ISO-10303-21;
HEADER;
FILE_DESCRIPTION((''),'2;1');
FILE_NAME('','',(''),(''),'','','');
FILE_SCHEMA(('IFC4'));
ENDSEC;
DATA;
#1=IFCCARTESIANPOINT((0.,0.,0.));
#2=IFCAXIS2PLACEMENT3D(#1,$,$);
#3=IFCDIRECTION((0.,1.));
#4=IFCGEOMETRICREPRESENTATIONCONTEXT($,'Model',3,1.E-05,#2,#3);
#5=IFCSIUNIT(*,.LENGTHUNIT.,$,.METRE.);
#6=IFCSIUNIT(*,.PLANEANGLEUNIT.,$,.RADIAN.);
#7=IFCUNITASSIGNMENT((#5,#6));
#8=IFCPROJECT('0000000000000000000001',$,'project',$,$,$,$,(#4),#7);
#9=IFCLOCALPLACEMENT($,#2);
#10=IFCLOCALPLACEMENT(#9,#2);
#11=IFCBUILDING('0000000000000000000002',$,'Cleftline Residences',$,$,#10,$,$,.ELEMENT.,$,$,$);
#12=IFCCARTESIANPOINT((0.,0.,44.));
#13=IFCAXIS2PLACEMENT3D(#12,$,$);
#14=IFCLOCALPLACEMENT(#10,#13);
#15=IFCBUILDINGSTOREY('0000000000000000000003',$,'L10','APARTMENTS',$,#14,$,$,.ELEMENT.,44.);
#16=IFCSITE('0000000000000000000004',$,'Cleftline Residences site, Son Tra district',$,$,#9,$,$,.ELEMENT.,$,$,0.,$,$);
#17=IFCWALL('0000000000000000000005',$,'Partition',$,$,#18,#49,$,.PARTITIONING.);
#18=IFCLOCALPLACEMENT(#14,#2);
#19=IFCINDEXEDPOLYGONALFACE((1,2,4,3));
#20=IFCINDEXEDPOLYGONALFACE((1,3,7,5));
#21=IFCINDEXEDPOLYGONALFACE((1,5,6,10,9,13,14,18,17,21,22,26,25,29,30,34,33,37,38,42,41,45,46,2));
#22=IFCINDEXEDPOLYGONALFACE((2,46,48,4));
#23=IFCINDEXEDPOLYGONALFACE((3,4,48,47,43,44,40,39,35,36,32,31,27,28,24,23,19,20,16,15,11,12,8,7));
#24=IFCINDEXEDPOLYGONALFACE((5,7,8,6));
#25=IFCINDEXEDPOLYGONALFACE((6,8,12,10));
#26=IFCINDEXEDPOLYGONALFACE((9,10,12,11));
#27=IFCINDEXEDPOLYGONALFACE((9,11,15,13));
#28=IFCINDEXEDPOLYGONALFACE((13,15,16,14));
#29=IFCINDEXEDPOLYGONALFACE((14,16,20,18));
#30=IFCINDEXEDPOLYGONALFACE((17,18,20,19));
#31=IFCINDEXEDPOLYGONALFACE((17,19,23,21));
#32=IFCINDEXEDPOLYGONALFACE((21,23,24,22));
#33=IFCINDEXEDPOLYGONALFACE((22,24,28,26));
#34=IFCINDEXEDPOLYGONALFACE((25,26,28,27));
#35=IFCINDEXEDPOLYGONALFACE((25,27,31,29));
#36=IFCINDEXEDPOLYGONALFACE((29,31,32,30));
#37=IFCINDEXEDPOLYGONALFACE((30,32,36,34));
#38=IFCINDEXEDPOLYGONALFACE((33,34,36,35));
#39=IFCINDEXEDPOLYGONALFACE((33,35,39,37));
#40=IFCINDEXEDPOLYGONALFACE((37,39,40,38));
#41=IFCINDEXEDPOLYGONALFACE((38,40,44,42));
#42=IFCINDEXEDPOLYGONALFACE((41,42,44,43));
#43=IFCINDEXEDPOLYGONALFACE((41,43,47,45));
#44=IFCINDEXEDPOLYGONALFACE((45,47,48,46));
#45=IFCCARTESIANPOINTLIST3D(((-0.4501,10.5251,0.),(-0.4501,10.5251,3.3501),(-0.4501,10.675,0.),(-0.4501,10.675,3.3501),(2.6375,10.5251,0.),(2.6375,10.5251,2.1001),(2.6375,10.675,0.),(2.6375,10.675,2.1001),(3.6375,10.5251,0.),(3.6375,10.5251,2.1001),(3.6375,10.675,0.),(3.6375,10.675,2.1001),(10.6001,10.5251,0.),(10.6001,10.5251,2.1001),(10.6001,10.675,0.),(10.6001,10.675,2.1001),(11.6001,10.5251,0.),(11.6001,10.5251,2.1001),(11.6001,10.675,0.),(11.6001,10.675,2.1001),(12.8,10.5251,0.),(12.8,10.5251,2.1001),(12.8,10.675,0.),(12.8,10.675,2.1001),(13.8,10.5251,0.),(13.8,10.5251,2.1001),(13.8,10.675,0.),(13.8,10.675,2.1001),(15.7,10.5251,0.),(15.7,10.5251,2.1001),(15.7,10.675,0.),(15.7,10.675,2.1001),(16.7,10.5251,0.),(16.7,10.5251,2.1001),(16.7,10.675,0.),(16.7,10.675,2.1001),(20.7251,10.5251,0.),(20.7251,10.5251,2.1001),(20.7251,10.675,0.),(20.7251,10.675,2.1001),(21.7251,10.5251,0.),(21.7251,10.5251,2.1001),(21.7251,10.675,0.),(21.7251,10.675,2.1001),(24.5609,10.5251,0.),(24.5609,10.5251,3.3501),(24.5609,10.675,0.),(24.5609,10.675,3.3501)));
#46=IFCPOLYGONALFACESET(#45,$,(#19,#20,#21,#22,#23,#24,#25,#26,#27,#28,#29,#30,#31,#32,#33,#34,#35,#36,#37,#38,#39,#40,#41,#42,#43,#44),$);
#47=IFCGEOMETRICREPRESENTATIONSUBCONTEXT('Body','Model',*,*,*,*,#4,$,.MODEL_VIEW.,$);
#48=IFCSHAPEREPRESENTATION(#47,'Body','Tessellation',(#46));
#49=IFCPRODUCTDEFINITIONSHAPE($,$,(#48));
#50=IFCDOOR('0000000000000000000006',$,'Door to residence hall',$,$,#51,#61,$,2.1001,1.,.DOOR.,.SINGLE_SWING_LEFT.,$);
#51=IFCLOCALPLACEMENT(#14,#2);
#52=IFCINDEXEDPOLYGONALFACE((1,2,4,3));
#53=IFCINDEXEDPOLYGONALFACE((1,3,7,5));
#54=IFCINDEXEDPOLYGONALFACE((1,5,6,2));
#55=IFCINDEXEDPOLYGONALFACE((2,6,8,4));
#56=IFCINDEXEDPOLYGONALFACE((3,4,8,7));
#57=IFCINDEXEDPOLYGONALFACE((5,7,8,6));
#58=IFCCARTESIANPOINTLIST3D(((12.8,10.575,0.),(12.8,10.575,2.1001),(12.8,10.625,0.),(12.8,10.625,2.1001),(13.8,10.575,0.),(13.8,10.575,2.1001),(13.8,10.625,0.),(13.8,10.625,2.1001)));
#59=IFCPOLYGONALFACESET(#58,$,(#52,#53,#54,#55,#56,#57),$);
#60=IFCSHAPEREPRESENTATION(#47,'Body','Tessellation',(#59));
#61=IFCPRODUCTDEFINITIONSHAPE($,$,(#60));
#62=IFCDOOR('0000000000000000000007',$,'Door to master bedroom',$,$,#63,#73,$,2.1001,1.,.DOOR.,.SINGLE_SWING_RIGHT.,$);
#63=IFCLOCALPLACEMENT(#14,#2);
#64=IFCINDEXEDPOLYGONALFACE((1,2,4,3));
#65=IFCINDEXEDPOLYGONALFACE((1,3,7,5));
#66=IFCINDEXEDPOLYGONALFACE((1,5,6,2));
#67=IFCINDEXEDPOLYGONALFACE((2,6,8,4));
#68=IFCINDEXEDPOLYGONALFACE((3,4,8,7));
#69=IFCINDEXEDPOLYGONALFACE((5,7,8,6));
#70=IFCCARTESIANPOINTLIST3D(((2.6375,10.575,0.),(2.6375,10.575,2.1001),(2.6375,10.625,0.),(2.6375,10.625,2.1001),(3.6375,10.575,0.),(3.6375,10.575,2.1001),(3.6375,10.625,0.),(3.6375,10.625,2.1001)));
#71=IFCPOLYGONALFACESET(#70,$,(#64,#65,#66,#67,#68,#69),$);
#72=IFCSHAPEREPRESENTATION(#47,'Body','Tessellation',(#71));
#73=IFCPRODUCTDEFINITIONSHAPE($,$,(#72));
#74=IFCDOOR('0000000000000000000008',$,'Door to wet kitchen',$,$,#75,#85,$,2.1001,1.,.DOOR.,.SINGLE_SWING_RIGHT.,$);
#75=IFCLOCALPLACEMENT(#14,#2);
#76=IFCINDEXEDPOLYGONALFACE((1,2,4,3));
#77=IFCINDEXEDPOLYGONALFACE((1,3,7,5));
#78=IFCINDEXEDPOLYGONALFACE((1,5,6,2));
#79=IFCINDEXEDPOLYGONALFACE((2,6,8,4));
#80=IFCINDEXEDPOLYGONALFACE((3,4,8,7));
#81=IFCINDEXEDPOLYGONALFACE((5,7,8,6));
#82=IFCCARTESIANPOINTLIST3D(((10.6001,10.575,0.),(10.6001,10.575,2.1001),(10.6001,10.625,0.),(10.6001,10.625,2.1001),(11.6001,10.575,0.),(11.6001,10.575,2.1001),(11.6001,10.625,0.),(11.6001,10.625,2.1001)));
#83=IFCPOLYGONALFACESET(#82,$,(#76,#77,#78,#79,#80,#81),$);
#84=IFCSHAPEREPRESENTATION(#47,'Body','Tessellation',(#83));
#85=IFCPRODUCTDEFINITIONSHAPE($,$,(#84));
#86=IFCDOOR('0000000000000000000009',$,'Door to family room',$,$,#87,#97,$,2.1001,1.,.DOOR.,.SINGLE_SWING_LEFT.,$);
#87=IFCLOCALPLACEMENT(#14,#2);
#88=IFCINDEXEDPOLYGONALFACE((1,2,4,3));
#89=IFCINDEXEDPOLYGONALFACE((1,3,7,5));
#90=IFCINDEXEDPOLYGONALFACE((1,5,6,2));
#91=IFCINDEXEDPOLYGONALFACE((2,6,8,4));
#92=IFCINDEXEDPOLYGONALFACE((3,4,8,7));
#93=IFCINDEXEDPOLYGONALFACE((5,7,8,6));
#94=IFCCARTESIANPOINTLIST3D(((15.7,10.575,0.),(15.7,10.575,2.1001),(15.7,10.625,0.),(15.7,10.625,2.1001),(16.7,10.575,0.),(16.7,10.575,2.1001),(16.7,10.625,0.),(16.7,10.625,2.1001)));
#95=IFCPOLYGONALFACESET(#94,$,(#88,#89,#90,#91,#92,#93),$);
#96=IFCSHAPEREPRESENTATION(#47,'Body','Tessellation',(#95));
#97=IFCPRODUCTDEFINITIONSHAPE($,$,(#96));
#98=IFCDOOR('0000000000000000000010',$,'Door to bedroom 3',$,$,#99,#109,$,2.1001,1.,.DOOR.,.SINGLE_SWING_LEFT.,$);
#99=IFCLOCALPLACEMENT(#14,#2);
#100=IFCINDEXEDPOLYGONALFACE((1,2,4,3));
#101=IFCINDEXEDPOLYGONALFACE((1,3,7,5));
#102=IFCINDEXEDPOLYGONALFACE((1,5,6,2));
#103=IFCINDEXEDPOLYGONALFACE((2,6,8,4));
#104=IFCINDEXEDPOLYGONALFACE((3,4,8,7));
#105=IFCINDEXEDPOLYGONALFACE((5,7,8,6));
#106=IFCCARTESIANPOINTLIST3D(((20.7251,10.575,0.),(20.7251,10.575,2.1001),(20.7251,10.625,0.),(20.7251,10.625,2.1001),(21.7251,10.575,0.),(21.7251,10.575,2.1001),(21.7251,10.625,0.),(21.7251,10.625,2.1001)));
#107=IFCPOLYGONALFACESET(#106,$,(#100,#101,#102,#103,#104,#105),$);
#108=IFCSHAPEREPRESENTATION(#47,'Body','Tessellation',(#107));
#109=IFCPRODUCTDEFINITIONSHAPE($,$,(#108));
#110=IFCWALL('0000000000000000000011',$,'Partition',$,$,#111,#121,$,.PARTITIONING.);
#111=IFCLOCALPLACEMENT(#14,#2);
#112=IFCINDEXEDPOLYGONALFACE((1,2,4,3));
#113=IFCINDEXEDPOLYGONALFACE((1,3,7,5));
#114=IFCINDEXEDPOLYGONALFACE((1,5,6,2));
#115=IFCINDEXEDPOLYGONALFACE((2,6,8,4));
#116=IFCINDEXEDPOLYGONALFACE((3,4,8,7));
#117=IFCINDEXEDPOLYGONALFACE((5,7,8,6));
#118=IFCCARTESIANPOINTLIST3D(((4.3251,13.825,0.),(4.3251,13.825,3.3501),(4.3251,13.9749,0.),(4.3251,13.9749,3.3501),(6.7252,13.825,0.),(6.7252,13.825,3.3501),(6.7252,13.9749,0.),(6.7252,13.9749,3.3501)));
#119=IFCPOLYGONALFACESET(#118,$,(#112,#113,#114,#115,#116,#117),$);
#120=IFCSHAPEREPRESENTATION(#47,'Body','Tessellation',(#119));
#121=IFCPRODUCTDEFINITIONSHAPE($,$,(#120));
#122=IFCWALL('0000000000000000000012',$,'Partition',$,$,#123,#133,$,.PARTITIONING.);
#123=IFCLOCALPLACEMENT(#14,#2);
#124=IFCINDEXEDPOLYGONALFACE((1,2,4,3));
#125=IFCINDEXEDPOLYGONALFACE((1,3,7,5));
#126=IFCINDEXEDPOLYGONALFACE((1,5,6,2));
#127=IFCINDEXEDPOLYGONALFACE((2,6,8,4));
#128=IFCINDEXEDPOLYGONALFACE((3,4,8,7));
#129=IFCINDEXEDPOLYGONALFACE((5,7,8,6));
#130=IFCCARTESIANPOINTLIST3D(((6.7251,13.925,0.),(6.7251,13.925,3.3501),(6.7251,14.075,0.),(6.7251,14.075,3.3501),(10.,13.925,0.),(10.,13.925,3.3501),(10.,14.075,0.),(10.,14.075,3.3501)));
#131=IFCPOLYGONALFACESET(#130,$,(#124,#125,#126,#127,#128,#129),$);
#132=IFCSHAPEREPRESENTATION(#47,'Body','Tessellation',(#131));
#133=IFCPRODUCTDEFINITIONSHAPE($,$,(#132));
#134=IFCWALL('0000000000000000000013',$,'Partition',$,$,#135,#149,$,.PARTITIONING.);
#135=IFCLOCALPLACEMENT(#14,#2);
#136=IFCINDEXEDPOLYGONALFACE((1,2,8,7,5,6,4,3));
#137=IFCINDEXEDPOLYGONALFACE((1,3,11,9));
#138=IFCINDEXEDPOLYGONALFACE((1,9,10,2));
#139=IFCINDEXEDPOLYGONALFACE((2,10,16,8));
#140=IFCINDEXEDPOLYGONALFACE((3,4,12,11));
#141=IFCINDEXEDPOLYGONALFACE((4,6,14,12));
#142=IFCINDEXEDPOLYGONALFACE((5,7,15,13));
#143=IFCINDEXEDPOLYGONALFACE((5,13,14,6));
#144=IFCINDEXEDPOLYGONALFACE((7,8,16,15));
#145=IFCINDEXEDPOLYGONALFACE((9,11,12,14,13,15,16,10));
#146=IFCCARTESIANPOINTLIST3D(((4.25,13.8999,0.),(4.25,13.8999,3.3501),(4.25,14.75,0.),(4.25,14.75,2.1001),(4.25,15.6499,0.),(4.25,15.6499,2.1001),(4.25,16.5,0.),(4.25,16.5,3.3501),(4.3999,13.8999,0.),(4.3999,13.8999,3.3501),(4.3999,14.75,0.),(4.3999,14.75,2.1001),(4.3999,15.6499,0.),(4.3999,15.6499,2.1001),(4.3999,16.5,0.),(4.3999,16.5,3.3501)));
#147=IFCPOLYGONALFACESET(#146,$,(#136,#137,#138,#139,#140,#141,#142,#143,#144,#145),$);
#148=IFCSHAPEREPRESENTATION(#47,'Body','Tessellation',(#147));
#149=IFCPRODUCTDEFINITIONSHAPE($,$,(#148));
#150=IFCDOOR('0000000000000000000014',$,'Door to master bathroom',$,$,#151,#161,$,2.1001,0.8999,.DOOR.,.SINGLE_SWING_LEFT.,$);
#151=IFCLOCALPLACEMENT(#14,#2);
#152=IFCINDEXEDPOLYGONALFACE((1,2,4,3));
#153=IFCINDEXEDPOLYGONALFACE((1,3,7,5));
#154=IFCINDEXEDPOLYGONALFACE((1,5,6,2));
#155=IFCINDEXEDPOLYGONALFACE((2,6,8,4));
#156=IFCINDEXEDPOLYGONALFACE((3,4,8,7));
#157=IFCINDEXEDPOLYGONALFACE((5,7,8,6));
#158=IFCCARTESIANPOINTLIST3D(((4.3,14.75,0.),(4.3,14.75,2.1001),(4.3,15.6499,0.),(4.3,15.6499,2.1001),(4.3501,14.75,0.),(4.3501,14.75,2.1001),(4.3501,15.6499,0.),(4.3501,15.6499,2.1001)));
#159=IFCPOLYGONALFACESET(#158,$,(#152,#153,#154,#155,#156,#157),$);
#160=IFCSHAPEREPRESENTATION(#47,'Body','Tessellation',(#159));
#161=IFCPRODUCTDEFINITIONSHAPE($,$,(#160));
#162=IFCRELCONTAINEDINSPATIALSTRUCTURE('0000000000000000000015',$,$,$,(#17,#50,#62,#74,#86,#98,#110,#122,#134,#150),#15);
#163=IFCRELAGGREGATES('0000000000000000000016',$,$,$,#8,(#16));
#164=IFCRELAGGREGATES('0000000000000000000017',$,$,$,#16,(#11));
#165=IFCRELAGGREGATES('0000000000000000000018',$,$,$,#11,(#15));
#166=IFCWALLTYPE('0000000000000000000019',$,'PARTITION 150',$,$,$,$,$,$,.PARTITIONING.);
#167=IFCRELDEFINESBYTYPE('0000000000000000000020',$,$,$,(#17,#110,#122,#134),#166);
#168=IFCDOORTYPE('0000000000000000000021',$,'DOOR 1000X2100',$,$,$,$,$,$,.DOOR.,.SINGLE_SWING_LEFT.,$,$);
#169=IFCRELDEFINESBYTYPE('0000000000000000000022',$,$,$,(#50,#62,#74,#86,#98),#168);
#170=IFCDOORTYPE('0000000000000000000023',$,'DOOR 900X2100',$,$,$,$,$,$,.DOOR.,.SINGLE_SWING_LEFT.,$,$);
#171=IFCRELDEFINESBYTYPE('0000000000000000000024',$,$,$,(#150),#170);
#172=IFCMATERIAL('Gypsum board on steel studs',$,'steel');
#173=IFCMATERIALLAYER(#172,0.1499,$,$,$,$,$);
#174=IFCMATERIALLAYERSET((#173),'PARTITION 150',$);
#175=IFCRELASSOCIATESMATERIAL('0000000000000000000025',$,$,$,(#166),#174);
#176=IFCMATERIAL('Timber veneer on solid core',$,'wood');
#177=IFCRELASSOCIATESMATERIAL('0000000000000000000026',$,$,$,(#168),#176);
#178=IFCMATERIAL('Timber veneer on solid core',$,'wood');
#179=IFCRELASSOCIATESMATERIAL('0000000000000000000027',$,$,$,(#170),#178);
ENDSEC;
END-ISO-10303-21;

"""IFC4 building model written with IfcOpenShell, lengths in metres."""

from ifc_helpers import new_model, si_unit, direction, frame, frame_2d, origin, place, context, subcontext, project, spatial, rectangle, extrude, material, layer, layer_set, type_object, element, fill, save


model = new_model("IFC4")

# Units and contexts
model_context = context("Model", 3, precision=1e-05, world=origin(), true_north=direction((0.0, 1.0)))
body_context = subcontext(model_context, "Body", "Model", "MODEL_VIEW")
ifc_project = project(units=[si_unit("LENGTHUNIT", "METRE"), si_unit("PLANEANGLEUNIT", "RADIAN")], contexts=[model_context])

# Site, building, storey
site_placement = place(None, origin())
site = spatial("IfcSite", under=ifc_project, at=site_placement, Name="Cleftline Residences site, Son Tra district", CompositionType="ELEMENT", RefElevation=0.0)
building_placement = place(site_placement, origin())
building = spatial("IfcBuilding", under=site, at=building_placement, Name="Cleftline Residences", CompositionType="ELEMENT")
storey_placement = place(building_placement, frame((0.0, 0.0, 44.0)))
storey = spatial("IfcBuildingStorey", under=building, at=storey_placement, Name="L10", Description="APARTMENTS", CompositionType="ELEMENT", Elevation=44.0)

# Wall, openings, doors
ifc_material_1 = material(Name="Gypsum board on steel studs", Category="steel")
ifc_layer = layer(ifc_material_1, 0.1499)
ifc_layer_set = layer_set([ifc_layer], Name="PARTITION 150")
wall_type = type_object("IfcWallType", Name="PARTITION 150", PredefinedType="PARTITIONING", material=ifc_layer_set)
wall_1_placement = place(storey_placement, frame((-0.45, 10.6001, 0.0), z_axis=(0.0, 0.0, 1.0), x_axis=(1.0, 0.0, 0.0)))
wall_1 = element("IfcWall", 1, at=wall_1_placement, inside=storey, type_object=wall_type, Name="Partition", PredefinedType="PARTITIONING", context=body_context, shape_type="SweptSolid", body=[
    extrude(rectangle(XDim=25.011, YDim=0.1499, at=frame_2d((12.5054, 0.0))), origin(), (0.0, 0.0, 1.0), 3.3501),
])
opening_1_placement = place(wall_1_placement, frame((13.25, 0.0, 0.0)))
opening_1 = element("IfcOpeningElement", 2, at=opening_1_placement, cuts=wall_1, PredefinedType="OPENING", context=body_context, shape_type="SweptSolid", body=[
    extrude(rectangle(XDim=1.0, YDim=2.1001, at=frame_2d((0.5, 1.05))), frame((0.0, 0.085, 0.0), z_axis=(0.0, -1.0, 0.0), x_axis=(1.0, 0.0, 0.0)), (0.0, 0.0, 1.0), 0.1699),
])
opening_2_placement = place(wall_1_placement, frame((3.0874, 0.0, 0.0)))
opening_2 = element("IfcOpeningElement", 3, at=opening_2_placement, cuts=wall_1, PredefinedType="OPENING", context=body_context, shape_type="SweptSolid", body=[
    extrude(rectangle(XDim=1.0, YDim=2.1001, at=frame_2d((0.5, 1.05))), frame((0.0, 0.085, 0.0), z_axis=(0.0, -1.0, 0.0), x_axis=(1.0, 0.0, 0.0)), (0.0, 0.0, 1.0), 0.1699),
])
opening_3_placement = place(wall_1_placement, frame((11.05, 0.0, 0.0)))
opening_3 = element("IfcOpeningElement", 4, at=opening_3_placement, cuts=wall_1, PredefinedType="OPENING", context=body_context, shape_type="SweptSolid", body=[
    extrude(rectangle(XDim=1.0, YDim=2.1001, at=frame_2d((0.5, 1.05))), frame((0.0, 0.085, 0.0), z_axis=(0.0, -1.0, 0.0), x_axis=(1.0, 0.0, 0.0)), (0.0, 0.0, 1.0), 0.1699),
])
opening_4_placement = place(wall_1_placement, frame((16.1499, 0.0, 0.0)))
opening_4 = element("IfcOpeningElement", 5, at=opening_4_placement, cuts=wall_1, PredefinedType="OPENING", context=body_context, shape_type="SweptSolid", body=[
    extrude(rectangle(XDim=1.0, YDim=2.1001, at=frame_2d((0.5, 1.05))), frame((0.0, 0.085, 0.0), z_axis=(0.0, -1.0, 0.0), x_axis=(1.0, 0.0, 0.0)), (0.0, 0.0, 1.0), 0.1699),
])
opening_5_placement = place(wall_1_placement, frame((21.175, 0.0, 0.0)))
opening_5 = element("IfcOpeningElement", 6, at=opening_5_placement, cuts=wall_1, PredefinedType="OPENING", context=body_context, shape_type="SweptSolid", body=[
    extrude(rectangle(XDim=1.0, YDim=2.1001, at=frame_2d((0.5, 1.05))), frame((0.0, 0.085, 0.0), z_axis=(0.0, -1.0, 0.0), x_axis=(1.0, 0.0, 0.0)), (0.0, 0.0, 1.0), 0.1699),
])
ifc_material_2 = material(Name="Timber veneer on solid core", Category="wood")
door_type_1 = type_object("IfcDoorType", Name="DOOR 1000X2100", OperationType="SINGLE_SWING_LEFT", PredefinedType="DOOR", material=ifc_material_2)
door_1_placement = place(opening_1_placement, origin())
door_1 = element("IfcDoor", 7, at=door_1_placement, inside=storey, type_object=door_type_1, Name="Door to residence hall", OperationType="SINGLE_SWING_LEFT", OverallHeight=2.1001, OverallWidth=1.0, PredefinedType="DOOR", context=body_context, shape_type="SweptSolid", body=[
    extrude(rectangle(XDim=1.0, YDim=2.1001, at=frame_2d((0.5, 1.05))), frame((0.0, 0.0249, 0.0), z_axis=(0.0, -1.0, 0.0), x_axis=(1.0, 0.0, 0.0)), (0.0, 0.0, 1.0), 0.05),
])
fill(opening_1, door_1)
door_2_placement = place(opening_2_placement, origin())
door_2 = element("IfcDoor", 8, at=door_2_placement, inside=storey, type_object=door_type_1, Name="Door to master bedroom", OperationType="SINGLE_SWING_RIGHT", OverallHeight=2.1001, OverallWidth=1.0, PredefinedType="DOOR", context=body_context, shape_type="SweptSolid", body=[
    extrude(rectangle(XDim=1.0, YDim=2.1001, at=frame_2d((0.5, 1.05))), frame((0.0, 0.0249, 0.0), z_axis=(0.0, -1.0, 0.0), x_axis=(1.0, 0.0, 0.0)), (0.0, 0.0, 1.0), 0.05),
])
fill(opening_2, door_2)
door_3_placement = place(opening_3_placement, origin())
door_3 = element("IfcDoor", 9, at=door_3_placement, inside=storey, type_object=door_type_1, Name="Door to wet kitchen", OperationType="SINGLE_SWING_RIGHT", OverallHeight=2.1001, OverallWidth=1.0, PredefinedType="DOOR", context=body_context, shape_type="SweptSolid", body=[
    extrude(rectangle(XDim=1.0, YDim=2.1001, at=frame_2d((0.5, 1.05))), frame((0.0, 0.0249, 0.0), z_axis=(0.0, -1.0, 0.0), x_axis=(1.0, 0.0, 0.0)), (0.0, 0.0, 1.0), 0.05),
])
fill(opening_3, door_3)
door_4_placement = place(opening_4_placement, origin())
door_4 = element("IfcDoor", 10, at=door_4_placement, inside=storey, type_object=door_type_1, Name="Door to family room", OperationType="SINGLE_SWING_LEFT", OverallHeight=2.1001, OverallWidth=1.0, PredefinedType="DOOR", context=body_context, shape_type="SweptSolid", body=[
    extrude(rectangle(XDim=1.0, YDim=2.1001, at=frame_2d((0.5, 1.05))), frame((0.0, 0.0249, 0.0), z_axis=(0.0, -1.0, 0.0), x_axis=(1.0, 0.0, 0.0)), (0.0, 0.0, 1.0), 0.05),
])
fill(opening_4, door_4)
door_5_placement = place(opening_5_placement, origin())
door_5 = element("IfcDoor", 11, at=door_5_placement, inside=storey, type_object=door_type_1, Name="Door to bedroom 3", OperationType="SINGLE_SWING_LEFT", OverallHeight=2.1001, OverallWidth=1.0, PredefinedType="DOOR", context=body_context, shape_type="SweptSolid", body=[
    extrude(rectangle(XDim=1.0, YDim=2.1001, at=frame_2d((0.5, 1.05))), frame((0.0, 0.0249, 0.0), z_axis=(0.0, -1.0, 0.0), x_axis=(1.0, 0.0, 0.0)), (0.0, 0.0, 1.0), 0.05),
])
fill(opening_5, door_5)

# Walls
wall_2_placement = place(storey_placement, frame((4.325, 13.8999, 0.0), z_axis=(0.0, 0.0, 1.0), x_axis=(1.0, 0.0, 0.0)))
element("IfcWall", 12, at=wall_2_placement, inside=storey, type_object=wall_type, Name="Partition", PredefinedType="PARTITIONING", context=body_context, shape_type="SweptSolid", body=[
    extrude(rectangle(XDim=2.4001, YDim=0.1499, at=frame_2d((1.2002, 0.0))), origin(), (0.0, 0.0, 1.0), 3.3501),
])
wall_3_placement = place(storey_placement, frame((6.7251, 14.0, 0.0), z_axis=(0.0, 0.0, 1.0), x_axis=(1.0, 0.0, 0.0)))
element("IfcWall", 13, at=wall_3_placement, inside=storey, type_object=wall_type, Name="Partition", PredefinedType="PARTITIONING", context=body_context, shape_type="SweptSolid", body=[
    extrude(rectangle(XDim=3.2749, YDim=0.1499, at=frame_2d((1.6375, 0.0))), origin(), (0.0, 0.0, 1.0), 3.3501),
])

# Wall, opening, door
wall_4_placement = place(storey_placement, frame((4.325, 13.8999, 0.0), z_axis=(0.0, 0.0, 1.0), x_axis=(0.0, 1.0, 0.0)))
wall_4 = element("IfcWall", 14, at=wall_4_placement, inside=storey, type_object=wall_type, Name="Partition", PredefinedType="PARTITIONING", context=body_context, shape_type="SweptSolid", body=[
    extrude(rectangle(XDim=2.6001, YDim=0.1499, at=frame_2d((1.3, 0.0))), origin(), (0.0, 0.0, 1.0), 3.3501),
])
opening_6_placement = place(wall_4_placement, frame((0.8501, 0.0, 0.0)))
opening_6 = element("IfcOpeningElement", 15, at=opening_6_placement, cuts=wall_4, PredefinedType="OPENING", context=body_context, shape_type="SweptSolid", body=[
    extrude(rectangle(XDim=0.8999, YDim=2.1001, at=frame_2d((0.45, 1.05))), frame((0.0, 0.085, 0.0), z_axis=(0.0, -1.0, 0.0), x_axis=(1.0, 0.0, 0.0)), (0.0, 0.0, 1.0), 0.1699),
])
ifc_material_3 = material(Name="Timber veneer on solid core", Category="wood")
door_type_2 = type_object("IfcDoorType", Name="DOOR 900X2100", OperationType="SINGLE_SWING_LEFT", PredefinedType="DOOR", material=ifc_material_3)
door_6_placement = place(opening_6_placement, origin())
door_6 = element("IfcDoor", 16, at=door_6_placement, inside=storey, type_object=door_type_2, Name="Door to master bathroom", OperationType="SINGLE_SWING_LEFT", OverallHeight=2.1001, OverallWidth=0.8999, PredefinedType="DOOR", context=body_context, shape_type="SweptSolid", body=[
    extrude(rectangle(XDim=0.8999, YDim=2.1001, at=frame_2d((0.45, 1.05))), frame((0.0, 0.0249, 0.0), z_axis=(0.0, -1.0, 0.0), x_axis=(1.0, 0.0, 0.0)), (0.0, 0.0, 1.0), 0.05),
])
fill(opening_6, door_6)

save(model, "model.ifc")
